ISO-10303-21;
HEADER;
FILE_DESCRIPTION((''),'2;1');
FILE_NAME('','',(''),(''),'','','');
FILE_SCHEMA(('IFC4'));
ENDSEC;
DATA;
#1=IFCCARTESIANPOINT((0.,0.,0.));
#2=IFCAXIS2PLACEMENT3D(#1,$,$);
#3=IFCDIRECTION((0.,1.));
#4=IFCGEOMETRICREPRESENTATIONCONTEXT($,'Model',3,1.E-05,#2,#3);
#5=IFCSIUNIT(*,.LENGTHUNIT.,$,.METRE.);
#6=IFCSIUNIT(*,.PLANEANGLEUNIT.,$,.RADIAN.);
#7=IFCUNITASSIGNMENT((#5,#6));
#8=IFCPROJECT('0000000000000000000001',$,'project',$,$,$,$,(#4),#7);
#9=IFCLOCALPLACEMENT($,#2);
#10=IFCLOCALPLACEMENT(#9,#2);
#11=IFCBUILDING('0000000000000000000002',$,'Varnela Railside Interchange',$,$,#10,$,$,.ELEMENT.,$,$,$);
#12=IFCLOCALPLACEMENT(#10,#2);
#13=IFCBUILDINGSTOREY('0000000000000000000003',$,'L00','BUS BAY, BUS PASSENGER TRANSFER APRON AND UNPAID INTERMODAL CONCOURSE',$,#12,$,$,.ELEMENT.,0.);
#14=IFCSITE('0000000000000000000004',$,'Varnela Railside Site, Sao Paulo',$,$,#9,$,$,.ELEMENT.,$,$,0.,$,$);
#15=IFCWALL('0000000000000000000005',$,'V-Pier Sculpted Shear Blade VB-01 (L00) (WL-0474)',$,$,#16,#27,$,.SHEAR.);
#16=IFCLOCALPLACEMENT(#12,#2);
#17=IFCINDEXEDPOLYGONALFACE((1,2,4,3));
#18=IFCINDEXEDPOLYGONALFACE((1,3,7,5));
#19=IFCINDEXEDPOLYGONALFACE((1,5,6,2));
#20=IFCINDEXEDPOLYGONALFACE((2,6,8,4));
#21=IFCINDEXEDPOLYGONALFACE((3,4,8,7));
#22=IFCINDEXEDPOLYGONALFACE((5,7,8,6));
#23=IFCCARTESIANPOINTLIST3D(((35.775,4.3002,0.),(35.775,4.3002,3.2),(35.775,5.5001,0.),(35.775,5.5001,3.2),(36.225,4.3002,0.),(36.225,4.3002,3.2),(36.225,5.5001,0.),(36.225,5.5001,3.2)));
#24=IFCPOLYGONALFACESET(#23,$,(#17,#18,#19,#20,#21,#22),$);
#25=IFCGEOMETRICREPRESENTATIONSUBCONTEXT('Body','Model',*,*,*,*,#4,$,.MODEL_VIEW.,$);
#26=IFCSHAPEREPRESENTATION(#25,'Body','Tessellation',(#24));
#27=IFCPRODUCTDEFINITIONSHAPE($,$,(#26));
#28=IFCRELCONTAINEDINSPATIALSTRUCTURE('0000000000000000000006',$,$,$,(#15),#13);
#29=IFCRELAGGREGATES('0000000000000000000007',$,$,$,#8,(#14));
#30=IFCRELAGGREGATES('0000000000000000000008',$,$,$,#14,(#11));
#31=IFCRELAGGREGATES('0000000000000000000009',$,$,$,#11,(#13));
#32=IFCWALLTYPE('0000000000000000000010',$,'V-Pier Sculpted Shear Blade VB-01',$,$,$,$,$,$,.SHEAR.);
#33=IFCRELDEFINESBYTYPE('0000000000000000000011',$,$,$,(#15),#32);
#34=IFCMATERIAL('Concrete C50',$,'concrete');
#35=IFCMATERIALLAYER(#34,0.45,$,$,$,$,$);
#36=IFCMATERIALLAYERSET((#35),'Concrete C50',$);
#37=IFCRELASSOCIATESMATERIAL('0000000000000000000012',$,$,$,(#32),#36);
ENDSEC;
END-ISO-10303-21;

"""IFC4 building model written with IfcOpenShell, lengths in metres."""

from ifc_helpers import new_model, si_unit, direction, frame, frame_2d, origin, place, context, subcontext, project, spatial, rectangle, extrude, material, layer, layer_set, type_object, element, save


model = new_model("IFC4")

# Units and contexts
model_context = context("Model", 3, precision=1e-05, world=origin(), true_north=direction((0.0, 1.0)))
body_context = subcontext(model_context, "Body", "Model", "MODEL_VIEW")
ifc_project = project(units=[si_unit("LENGTHUNIT", "METRE"), si_unit("PLANEANGLEUNIT", "RADIAN")], contexts=[model_context])

# Site, building, storey
site_placement = place(None, origin())
site = spatial("IfcSite", under=ifc_project, at=site_placement, Name="Varnela Railside Site, Sao Paulo", CompositionType="ELEMENT", RefElevation=0.0)
building_placement = place(site_placement, origin())
building = spatial("IfcBuilding", under=site, at=building_placement, Name="Varnela Railside Interchange", CompositionType="ELEMENT")
storey_placement = place(building_placement, origin())
storey = spatial("IfcBuildingStorey", under=building, at=storey_placement, Name="L00", Description="BUS BAY, BUS PASSENGER TRANSFER APRON AND UNPAID INTERMODAL CONCOURSE", CompositionType="ELEMENT", Elevation=0.0)

# Shared definitions
ifc_material_1 = material(Name="Concrete C50", Category="concrete")

# Wall
ifc_layer_1 = layer(ifc_material_1, 0.45)
ifc_layer_set_1 = layer_set([ifc_layer_1], Name="Concrete C50")
wall_type_1 = type_object("IfcWallType", Name="V-Pier Sculpted Shear Blade VB-01", PredefinedType="SHEAR", material=ifc_layer_set_1)
wall_1_placement = place(storey_placement, frame((36.0, 4.3, 0.0), z_axis=(0.0, 0.0, 1.0), x_axis=(0.0, 1.0, 0.0)))
element("IfcWall", 1, at=wall_1_placement, inside=storey, type_object=wall_type_1, Name="V-Pier Sculpted Shear Blade VB-01 (L00) (WL-0474)", PredefinedType="SHEAR", context=body_context, shape_type="SweptSolid", body=[
    extrude(rectangle(XDim=1.2, YDim=0.45, at=frame_2d((0.6001, 0.0))), origin(), (0.0, 0.0, 1.0), 3.2),
])

save(model, "model.ifc")
